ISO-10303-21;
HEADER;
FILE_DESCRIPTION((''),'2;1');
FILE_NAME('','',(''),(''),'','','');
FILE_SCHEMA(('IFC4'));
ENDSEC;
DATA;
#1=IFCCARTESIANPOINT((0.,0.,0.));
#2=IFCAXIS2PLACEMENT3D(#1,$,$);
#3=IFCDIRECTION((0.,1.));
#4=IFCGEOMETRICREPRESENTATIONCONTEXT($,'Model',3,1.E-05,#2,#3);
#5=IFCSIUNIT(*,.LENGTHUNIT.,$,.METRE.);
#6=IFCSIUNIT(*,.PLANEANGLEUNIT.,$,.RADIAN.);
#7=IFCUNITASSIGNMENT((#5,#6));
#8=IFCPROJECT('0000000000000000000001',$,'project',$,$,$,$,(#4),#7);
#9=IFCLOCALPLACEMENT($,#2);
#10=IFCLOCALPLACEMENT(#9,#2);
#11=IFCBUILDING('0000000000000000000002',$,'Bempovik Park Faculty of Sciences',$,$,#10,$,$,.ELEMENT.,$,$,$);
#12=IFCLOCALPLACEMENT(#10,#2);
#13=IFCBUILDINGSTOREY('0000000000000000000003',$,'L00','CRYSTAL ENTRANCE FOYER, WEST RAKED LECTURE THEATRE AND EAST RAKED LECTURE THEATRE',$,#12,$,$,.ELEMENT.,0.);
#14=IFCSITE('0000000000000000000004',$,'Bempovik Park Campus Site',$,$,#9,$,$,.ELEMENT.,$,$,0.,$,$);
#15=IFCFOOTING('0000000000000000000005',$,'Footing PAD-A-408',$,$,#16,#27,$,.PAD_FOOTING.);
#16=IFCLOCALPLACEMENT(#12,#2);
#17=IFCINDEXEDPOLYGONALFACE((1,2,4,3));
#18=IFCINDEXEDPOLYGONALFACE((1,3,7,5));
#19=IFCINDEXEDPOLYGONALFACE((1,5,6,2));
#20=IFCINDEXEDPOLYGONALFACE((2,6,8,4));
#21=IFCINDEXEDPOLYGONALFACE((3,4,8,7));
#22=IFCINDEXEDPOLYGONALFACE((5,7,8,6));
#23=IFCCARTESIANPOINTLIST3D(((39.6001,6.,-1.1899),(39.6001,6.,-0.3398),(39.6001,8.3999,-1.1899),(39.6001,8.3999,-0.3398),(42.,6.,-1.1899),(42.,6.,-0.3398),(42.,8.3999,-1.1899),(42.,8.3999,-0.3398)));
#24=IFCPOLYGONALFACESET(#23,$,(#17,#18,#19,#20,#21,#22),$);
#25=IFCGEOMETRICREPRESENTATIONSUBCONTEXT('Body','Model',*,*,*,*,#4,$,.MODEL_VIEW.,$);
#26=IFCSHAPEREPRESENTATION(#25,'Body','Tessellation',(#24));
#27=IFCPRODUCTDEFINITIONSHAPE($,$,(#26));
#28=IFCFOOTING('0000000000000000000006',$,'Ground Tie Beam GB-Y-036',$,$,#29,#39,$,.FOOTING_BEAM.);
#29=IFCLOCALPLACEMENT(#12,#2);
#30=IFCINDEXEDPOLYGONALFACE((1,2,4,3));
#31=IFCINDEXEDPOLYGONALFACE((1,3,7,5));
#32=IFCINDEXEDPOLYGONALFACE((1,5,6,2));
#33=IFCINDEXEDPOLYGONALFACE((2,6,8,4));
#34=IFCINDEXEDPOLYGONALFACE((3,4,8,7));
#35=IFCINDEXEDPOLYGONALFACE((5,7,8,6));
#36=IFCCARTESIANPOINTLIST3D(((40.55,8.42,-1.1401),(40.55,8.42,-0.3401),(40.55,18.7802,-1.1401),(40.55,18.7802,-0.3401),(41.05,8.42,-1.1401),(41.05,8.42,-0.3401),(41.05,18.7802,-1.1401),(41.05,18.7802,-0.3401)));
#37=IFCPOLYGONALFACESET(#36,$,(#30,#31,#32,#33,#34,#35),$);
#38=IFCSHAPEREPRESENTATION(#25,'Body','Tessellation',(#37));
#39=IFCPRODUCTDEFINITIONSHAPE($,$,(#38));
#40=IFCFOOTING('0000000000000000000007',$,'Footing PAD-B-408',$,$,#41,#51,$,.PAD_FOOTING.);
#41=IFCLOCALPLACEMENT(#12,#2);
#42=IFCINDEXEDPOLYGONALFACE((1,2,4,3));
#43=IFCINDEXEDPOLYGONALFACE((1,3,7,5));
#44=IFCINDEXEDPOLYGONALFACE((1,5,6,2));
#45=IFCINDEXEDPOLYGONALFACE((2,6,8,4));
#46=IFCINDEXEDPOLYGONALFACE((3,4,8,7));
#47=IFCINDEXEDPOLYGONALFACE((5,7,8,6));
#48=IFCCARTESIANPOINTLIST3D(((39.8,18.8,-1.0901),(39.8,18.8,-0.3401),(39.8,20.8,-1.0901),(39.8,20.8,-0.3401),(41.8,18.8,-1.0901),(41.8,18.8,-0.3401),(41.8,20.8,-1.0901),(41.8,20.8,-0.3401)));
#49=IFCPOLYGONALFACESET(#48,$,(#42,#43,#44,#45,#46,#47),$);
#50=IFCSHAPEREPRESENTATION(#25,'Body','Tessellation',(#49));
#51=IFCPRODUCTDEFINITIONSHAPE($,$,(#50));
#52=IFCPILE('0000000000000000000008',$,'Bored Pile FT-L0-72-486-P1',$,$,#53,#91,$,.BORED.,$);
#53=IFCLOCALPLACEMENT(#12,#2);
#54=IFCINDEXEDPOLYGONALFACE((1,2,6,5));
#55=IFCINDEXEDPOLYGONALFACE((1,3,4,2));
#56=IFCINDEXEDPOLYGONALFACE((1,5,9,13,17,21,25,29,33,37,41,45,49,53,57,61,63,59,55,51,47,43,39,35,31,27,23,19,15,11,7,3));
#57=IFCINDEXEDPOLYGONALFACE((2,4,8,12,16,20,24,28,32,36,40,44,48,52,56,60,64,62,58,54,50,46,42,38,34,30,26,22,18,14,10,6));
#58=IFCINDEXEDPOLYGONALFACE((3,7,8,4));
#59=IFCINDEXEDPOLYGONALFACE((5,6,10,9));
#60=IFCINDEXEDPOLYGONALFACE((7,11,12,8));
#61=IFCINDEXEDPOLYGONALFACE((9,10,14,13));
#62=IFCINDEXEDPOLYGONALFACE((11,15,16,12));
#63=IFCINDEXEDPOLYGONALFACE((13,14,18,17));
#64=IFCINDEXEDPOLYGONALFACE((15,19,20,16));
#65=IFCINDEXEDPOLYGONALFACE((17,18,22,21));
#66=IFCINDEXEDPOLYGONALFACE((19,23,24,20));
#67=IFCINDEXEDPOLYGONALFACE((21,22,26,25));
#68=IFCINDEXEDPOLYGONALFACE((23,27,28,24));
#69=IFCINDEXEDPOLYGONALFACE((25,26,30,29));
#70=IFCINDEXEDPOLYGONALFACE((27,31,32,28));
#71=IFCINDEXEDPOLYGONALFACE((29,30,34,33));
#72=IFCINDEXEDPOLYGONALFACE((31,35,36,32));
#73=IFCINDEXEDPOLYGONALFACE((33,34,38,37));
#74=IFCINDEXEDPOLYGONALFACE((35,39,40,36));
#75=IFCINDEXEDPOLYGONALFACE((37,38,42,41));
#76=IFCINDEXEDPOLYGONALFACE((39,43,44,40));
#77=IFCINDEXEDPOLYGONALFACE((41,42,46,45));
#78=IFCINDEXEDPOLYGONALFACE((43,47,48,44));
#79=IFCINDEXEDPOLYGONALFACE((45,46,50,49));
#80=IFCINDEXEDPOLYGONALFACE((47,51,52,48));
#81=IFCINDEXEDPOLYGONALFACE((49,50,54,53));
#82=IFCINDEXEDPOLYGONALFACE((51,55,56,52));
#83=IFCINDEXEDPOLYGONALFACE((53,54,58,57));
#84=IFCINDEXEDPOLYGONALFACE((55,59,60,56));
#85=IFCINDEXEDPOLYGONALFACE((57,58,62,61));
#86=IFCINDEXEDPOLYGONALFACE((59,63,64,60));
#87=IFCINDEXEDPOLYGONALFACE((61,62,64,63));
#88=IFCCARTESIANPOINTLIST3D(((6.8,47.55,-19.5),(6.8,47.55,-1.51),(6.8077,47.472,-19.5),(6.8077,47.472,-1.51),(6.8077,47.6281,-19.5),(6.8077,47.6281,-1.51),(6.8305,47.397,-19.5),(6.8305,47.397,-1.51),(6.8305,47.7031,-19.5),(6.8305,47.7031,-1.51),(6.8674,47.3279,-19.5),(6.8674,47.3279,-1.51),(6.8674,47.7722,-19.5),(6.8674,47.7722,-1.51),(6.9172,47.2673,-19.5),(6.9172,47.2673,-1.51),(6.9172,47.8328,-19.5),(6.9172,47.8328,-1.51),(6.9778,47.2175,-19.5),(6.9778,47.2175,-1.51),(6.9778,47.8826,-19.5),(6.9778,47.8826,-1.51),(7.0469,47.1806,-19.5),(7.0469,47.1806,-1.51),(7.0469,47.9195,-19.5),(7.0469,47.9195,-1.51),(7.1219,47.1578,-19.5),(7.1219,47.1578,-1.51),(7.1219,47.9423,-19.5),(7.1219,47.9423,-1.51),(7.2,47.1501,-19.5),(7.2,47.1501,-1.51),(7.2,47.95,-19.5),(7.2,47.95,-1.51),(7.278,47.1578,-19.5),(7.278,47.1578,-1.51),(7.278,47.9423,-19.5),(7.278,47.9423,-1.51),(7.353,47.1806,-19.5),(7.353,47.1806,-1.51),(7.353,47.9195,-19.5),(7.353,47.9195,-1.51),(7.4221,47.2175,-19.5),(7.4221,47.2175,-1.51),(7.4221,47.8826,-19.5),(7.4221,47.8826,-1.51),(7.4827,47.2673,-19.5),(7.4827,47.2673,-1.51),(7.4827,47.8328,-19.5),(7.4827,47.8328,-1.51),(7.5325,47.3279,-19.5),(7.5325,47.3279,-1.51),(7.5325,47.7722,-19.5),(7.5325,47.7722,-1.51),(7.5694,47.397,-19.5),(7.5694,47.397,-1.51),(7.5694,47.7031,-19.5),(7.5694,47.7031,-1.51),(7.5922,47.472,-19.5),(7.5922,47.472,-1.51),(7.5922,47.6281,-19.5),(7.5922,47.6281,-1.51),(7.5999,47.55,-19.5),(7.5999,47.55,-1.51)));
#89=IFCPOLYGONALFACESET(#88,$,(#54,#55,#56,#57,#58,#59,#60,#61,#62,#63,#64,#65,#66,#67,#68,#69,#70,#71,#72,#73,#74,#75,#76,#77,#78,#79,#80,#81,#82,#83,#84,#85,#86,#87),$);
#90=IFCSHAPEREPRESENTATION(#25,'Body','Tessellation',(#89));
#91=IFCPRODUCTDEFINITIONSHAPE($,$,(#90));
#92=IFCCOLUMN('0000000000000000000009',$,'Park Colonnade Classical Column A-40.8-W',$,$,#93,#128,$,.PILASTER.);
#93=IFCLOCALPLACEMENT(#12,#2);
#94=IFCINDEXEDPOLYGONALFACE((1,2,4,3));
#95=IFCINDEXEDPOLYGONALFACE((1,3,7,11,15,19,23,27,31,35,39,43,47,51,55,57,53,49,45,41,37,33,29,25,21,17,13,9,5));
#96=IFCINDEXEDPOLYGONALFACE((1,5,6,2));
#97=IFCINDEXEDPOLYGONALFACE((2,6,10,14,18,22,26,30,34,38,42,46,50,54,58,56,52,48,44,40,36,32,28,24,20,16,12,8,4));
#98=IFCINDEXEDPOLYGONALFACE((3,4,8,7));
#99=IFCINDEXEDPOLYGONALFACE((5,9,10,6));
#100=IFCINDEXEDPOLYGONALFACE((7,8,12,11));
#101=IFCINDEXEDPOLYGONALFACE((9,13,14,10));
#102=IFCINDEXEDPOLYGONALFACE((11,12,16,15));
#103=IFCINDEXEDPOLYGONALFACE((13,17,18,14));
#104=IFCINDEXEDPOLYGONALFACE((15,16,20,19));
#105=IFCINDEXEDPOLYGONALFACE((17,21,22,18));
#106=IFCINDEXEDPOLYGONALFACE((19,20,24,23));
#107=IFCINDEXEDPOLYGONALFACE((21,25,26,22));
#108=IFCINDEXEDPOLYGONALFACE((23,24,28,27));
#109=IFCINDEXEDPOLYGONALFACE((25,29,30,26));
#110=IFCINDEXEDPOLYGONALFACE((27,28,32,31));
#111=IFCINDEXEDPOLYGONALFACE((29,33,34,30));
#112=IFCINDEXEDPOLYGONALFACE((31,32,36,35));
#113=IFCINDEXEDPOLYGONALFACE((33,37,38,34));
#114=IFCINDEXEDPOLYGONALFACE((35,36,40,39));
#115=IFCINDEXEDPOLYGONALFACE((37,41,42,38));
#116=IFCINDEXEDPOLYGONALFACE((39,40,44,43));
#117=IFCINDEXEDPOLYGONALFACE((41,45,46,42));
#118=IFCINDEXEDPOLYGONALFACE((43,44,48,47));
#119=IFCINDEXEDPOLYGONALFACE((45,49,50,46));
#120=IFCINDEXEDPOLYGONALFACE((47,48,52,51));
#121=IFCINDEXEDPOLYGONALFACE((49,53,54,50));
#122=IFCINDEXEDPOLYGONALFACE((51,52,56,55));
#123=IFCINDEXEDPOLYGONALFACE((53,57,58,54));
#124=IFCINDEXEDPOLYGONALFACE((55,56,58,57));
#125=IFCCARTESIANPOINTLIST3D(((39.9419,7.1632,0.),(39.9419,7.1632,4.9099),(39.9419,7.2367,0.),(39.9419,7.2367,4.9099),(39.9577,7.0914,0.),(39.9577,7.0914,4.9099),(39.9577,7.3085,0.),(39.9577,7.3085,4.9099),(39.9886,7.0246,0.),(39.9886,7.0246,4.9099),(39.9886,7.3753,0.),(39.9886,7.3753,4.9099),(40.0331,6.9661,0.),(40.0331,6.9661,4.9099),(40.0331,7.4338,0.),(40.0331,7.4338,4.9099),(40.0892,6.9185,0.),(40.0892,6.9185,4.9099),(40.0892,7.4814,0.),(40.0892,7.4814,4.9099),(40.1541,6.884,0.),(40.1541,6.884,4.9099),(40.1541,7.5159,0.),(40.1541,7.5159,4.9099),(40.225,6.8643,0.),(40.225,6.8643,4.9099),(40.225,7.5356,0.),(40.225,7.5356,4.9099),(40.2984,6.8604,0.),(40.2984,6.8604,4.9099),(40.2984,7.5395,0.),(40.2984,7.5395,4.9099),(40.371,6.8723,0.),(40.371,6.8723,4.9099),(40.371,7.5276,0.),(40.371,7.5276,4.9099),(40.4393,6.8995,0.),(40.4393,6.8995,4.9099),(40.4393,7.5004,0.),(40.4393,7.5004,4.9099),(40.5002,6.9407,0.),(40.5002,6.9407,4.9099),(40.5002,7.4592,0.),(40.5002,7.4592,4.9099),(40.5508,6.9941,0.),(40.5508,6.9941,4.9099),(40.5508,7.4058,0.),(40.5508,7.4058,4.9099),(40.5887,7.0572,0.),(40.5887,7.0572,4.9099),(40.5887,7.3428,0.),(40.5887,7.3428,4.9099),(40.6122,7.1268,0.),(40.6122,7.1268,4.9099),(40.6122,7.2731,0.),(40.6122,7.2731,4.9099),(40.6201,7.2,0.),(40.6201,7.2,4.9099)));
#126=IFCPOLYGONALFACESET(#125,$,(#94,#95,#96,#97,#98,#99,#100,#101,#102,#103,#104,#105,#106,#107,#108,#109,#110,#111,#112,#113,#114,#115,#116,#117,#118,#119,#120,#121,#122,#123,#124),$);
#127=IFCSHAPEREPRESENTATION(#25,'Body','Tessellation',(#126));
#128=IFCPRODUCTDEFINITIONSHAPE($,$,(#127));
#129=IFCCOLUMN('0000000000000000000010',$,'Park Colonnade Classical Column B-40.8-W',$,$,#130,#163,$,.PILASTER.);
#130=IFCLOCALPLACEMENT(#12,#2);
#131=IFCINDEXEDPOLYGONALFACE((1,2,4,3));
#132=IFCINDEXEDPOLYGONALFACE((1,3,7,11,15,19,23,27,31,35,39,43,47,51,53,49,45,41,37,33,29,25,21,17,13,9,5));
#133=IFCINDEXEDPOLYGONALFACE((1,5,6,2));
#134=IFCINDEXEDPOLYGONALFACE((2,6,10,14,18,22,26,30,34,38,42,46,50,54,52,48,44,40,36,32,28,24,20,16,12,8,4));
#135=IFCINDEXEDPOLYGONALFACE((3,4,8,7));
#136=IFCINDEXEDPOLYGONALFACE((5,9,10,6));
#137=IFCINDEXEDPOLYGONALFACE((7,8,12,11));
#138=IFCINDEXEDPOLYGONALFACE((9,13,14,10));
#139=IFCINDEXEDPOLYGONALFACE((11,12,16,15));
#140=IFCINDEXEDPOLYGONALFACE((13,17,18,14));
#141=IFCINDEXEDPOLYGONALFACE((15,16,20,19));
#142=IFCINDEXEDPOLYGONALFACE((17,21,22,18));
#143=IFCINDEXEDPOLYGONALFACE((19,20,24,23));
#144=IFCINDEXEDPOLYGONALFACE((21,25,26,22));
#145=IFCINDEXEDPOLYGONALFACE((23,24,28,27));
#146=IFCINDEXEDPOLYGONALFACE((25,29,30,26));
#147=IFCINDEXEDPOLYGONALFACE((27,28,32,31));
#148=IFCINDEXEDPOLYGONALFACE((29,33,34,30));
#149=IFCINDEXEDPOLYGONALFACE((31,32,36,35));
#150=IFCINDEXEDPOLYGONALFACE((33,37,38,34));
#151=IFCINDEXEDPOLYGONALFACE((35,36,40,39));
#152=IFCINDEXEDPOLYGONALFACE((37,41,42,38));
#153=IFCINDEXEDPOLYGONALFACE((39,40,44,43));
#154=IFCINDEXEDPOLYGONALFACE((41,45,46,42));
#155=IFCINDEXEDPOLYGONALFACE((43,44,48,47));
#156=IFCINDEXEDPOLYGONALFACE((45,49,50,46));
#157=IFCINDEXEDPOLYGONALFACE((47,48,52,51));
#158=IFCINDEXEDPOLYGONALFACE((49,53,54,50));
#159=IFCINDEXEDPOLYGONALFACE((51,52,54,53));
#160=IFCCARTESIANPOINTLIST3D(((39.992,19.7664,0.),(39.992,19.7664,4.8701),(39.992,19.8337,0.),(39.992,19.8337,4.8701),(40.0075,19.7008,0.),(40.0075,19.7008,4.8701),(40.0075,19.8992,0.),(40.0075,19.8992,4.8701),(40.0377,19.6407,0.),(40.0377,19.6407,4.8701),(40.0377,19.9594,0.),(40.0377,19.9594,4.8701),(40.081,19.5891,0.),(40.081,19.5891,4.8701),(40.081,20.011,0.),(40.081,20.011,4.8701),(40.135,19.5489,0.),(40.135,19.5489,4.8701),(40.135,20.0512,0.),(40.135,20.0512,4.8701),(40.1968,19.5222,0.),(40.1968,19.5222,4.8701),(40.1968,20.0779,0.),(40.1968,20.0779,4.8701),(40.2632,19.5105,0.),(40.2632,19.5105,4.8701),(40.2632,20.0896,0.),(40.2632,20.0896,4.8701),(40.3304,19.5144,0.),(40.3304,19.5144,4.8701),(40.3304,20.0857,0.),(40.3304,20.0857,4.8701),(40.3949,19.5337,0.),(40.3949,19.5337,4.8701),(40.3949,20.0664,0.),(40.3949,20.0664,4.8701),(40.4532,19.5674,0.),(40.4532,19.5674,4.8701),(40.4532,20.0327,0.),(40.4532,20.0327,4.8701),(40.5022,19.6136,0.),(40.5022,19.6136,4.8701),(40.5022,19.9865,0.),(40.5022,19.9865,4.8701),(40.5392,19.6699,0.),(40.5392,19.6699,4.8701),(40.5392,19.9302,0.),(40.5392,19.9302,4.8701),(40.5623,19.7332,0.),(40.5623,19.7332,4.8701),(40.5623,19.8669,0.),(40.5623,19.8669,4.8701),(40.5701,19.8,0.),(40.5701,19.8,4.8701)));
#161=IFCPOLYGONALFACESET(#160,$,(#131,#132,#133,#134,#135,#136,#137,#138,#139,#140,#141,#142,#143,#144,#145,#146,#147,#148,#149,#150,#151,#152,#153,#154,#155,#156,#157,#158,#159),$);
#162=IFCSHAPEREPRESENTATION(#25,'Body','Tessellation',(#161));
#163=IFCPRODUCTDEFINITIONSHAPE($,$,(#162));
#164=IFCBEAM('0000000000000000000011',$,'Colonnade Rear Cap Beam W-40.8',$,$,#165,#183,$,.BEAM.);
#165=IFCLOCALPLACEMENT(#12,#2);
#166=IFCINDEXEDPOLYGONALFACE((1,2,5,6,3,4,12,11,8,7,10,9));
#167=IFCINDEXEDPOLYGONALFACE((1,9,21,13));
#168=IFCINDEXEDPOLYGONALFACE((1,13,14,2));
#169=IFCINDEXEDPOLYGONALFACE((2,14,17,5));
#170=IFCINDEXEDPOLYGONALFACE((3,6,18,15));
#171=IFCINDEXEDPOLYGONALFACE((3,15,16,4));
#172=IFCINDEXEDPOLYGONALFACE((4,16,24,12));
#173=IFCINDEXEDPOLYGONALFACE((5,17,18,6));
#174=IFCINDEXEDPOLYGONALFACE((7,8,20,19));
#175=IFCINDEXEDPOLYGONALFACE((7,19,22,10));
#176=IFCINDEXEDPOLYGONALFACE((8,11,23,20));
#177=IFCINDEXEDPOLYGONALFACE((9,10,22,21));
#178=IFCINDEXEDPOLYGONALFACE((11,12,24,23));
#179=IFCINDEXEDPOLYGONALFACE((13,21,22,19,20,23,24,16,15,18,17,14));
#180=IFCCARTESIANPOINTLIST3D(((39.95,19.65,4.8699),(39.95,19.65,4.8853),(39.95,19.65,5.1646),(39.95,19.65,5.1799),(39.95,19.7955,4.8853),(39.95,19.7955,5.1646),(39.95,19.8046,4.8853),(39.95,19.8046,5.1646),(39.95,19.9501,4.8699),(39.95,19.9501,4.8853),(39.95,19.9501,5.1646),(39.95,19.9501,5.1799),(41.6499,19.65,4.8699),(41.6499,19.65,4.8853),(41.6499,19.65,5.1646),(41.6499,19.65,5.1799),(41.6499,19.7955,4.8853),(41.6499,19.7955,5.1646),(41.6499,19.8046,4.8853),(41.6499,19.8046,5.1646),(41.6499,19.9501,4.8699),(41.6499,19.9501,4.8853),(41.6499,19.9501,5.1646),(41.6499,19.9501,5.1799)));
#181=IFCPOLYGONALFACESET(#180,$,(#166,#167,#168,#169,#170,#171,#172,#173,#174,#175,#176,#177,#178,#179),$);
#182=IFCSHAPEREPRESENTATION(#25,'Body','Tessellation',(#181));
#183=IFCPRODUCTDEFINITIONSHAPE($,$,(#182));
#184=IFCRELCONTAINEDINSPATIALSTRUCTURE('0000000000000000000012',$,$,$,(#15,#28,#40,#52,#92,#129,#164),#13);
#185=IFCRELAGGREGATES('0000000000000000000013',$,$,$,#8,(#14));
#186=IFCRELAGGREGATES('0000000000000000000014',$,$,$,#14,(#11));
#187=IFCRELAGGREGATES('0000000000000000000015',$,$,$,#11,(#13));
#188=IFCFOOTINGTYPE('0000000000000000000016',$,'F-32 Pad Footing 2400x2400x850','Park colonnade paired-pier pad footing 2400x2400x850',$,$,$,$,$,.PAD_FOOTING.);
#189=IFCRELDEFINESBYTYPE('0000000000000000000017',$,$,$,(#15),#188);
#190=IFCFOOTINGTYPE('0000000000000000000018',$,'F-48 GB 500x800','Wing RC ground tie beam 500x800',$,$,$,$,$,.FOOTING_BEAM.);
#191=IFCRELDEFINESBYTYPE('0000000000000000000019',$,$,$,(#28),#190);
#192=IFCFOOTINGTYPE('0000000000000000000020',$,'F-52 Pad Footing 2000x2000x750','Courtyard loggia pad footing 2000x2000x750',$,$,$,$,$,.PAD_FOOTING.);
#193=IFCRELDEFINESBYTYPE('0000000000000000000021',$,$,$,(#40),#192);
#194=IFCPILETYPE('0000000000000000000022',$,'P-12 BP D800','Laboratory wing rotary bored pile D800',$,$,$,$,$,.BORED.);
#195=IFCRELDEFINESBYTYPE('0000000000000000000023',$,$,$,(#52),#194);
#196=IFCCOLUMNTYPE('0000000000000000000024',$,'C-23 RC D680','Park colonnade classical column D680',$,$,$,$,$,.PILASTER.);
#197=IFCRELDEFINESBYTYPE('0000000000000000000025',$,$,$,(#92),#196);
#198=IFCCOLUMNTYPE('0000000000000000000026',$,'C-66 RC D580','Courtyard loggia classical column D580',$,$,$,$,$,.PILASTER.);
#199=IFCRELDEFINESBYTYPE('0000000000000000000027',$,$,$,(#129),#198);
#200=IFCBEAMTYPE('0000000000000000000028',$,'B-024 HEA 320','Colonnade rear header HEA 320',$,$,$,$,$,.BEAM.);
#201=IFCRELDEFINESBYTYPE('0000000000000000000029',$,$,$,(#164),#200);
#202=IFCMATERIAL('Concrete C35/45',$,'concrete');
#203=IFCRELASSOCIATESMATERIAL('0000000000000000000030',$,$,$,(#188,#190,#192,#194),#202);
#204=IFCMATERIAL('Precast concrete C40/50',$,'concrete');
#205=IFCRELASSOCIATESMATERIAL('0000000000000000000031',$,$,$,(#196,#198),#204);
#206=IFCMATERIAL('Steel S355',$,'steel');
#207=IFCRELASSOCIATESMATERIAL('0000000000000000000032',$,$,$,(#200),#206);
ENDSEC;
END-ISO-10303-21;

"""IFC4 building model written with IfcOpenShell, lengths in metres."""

from ifc_helpers import new_model, si_unit, direction, frame, origin, origin_2d, place, context, subcontext, project, spatial, rectangle, circle, i_section, extrude, material, material_profile, profile_set, type_object, element, save


model = new_model("IFC4")

# Units and contexts
model_context = context("Model", 3, precision=1e-05, world=origin(), true_north=direction((0.0, 1.0)))
body_context = subcontext(model_context, "Body", "Model", "MODEL_VIEW")
ifc_project = project(units=[si_unit("LENGTHUNIT", "METRE"), si_unit("PLANEANGLEUNIT", "RADIAN")], contexts=[model_context])

# Site, building, storey
site_placement = place(None, origin())
site = spatial("IfcSite", under=ifc_project, at=site_placement, Name="Bempovik Park Campus Site", CompositionType="ELEMENT", RefElevation=0.0)
building_placement = place(site_placement, origin())
building = spatial("IfcBuilding", under=site, at=building_placement, Name="Bempovik Park Faculty of Sciences", CompositionType="ELEMENT")
storey_placement = place(building_placement, origin())
storey = spatial("IfcBuildingStorey", under=building, at=storey_placement, Name="L00", Description="CRYSTAL ENTRANCE FOYER, WEST RAKED LECTURE THEATRE AND EAST RAKED LECTURE THEATRE", CompositionType="ELEMENT", Elevation=0.0)

# Footings
ifc_material_1 = material(Name="Concrete C35/45", Category="concrete")
footing_type_1 = type_object("IfcFootingType", Name="F-32 Pad Footing 2400x2400x850", Description="Park colonnade paired-pier pad footing 2400x2400x850", PredefinedType="PAD_FOOTING", material=ifc_material_1)
footing_1_placement = place(storey_placement, frame((40.8, 7.2, -1.1899), z_axis=(0.0, 0.0, 1.0), x_axis=(1.0, 0.0, 0.0)))
element("IfcFooting", 1, at=footing_1_placement, inside=storey, type_object=footing_type_1, Name="Footing PAD-A-408", PredefinedType="PAD_FOOTING", context=body_context, shape_type="SweptSolid", body=[
    extrude(rectangle(XDim=2.3999, YDim=2.3999, at=origin_2d()), origin(), (0.0, 0.0, 1.0), 0.8501),
])
footing_type_2 = type_object("IfcFootingType", Name="F-48 GB 500x800", Description="Wing RC ground tie beam 500x800", PredefinedType="FOOTING_BEAM", material=ifc_material_1)
footing_2_placement = place(storey_placement, frame((40.8, 13.6001, -1.1401), z_axis=(0.0, 0.0, 1.0), x_axis=(1.0, 0.0, 0.0)))
element("IfcFooting", 2, at=footing_2_placement, inside=storey, type_object=footing_type_2, Name="Ground Tie Beam GB-Y-036", PredefinedType="FOOTING_BEAM", context=body_context, shape_type="SweptSolid", body=[
    extrude(rectangle(XDim=0.5, YDim=10.3601, at=origin_2d()), origin(), (0.0, 0.0, 1.0), 0.8),
])
footing_type_3 = type_object("IfcFootingType", Name="F-52 Pad Footing 2000x2000x750", Description="Courtyard loggia pad footing 2000x2000x750", PredefinedType="PAD_FOOTING", material=ifc_material_1)
footing_3_placement = place(storey_placement, frame((40.8, 19.8, -1.0901), z_axis=(0.0, 0.0, 1.0), x_axis=(1.0, 0.0, 0.0)))
element("IfcFooting", 3, at=footing_3_placement, inside=storey, type_object=footing_type_3, Name="Footing PAD-B-408", PredefinedType="PAD_FOOTING", context=body_context, shape_type="SweptSolid", body=[
    extrude(rectangle(XDim=2.0, YDim=2.0, at=origin_2d()), origin(), (0.0, 0.0, 1.0), 0.75),
])

# Pile
ifc_material_profile_1 = material_profile(ifc_material_1, circle(Radius=0.3999, at=origin_2d()), Name="BP D800")
ifc_profile_set_1 = profile_set([ifc_material_profile_1], Name="Concrete C35/45")
pile_type = type_object("IfcPileType", Name="P-12 BP D800", Description="Laboratory wing rotary bored pile D800", PredefinedType="BORED", material=ifc_profile_set_1)
pile_placement = place(storey_placement, frame((7.2, 47.55, -1.51), z_axis=(0.0, 0.0, -1.0), x_axis=(1.0, 0.0, 0.0)))
element("IfcPile", 4, at=pile_placement, inside=storey, type_object=pile_type, Name="Bored Pile FT-L0-72-486-P1", PredefinedType="BORED", context=body_context, shape_type="SweptSolid", body=[
    extrude(circle(Radius=0.3999, at=origin_2d()), origin(), (0.0, 0.0, 1.0), 17.99),
])

# Columns
ifc_material_2 = material(Name="Precast concrete C40/50", Category="concrete")
ifc_material_profile_2 = material_profile(ifc_material_2, circle(Radius=0.3401, at=origin_2d()), Name="RC D680")
ifc_profile_set_2 = profile_set([ifc_material_profile_2], Name="Precast concrete C40/50")
column_type_1 = type_object("IfcColumnType", Name="C-23 RC D680", Description="Park colonnade classical column D680", PredefinedType="PILASTER", material=ifc_profile_set_2)
column_1_placement = place(storey_placement, frame((40.28, 7.2, 0.0), z_axis=(0.0, 0.0, 1.0), x_axis=(1.0, 0.0, 0.0)))
element("IfcColumn", 5, at=column_1_placement, inside=storey, type_object=column_type_1, Name="Park Colonnade Classical Column A-40.8-W", PredefinedType="PILASTER", context=body_context, shape_type="SweptSolid", body=[
    extrude(circle(Radius=0.3401, at=origin_2d()), origin(), (0.0, 0.0, 1.0), 4.9099),
])
ifc_material_profile_3 = material_profile(ifc_material_2, circle(Radius=0.29, at=origin_2d()), Name="RC D580")
ifc_profile_set_3 = profile_set([ifc_material_profile_3], Name="Precast concrete C40/50")
column_type_2 = type_object("IfcColumnType", Name="C-66 RC D580", Description="Courtyard loggia classical column D580", PredefinedType="PILASTER", material=ifc_profile_set_3)
column_2_placement = place(storey_placement, frame((40.28, 19.8, 0.0), z_axis=(0.0, 0.0, 1.0), x_axis=(1.0, 0.0, 0.0)))
element("IfcColumn", 6, at=column_2_placement, inside=storey, type_object=column_type_2, Name="Park Colonnade Classical Column B-40.8-W", PredefinedType="PILASTER", context=body_context, shape_type="SweptSolid", body=[
    extrude(circle(Radius=0.29, at=origin_2d()), origin(), (0.0, 0.0, 1.0), 4.8701),
])

# Beam
ifc_material_3 = material(Name="Steel S355", Category="steel")
ifc_material_profile_4 = material_profile(ifc_material_3, i_section(OverallWidth=0.3, OverallDepth=0.3101, WebThickness=0.009, FlangeThickness=0.0154, at=origin_2d()), Name="HEA 320")
ifc_profile_set_4 = profile_set([ifc_material_profile_4], Name="Steel S355")
beam_type_1 = type_object("IfcBeamType", Name="B-024 HEA 320", Description="Colonnade rear header HEA 320", PredefinedType="BEAM", material=ifc_profile_set_4)
beam_1_placement = place(storey_placement, frame((39.95, 19.8, 5.0249), z_axis=(1.0, 0.0, 0.0), x_axis=(0.0, 1.0, 0.0)))
element("IfcBeam", 7, at=beam_1_placement, inside=storey, type_object=beam_type_1, Name="Colonnade Rear Cap Beam W-40.8", PredefinedType="BEAM", context=body_context, shape_type="SweptSolid", body=[
    extrude(i_section(OverallWidth=0.3, OverallDepth=0.3101, WebThickness=0.009, FlangeThickness=0.0154, at=origin_2d()), origin(), (0.0, 0.0, 1.0), 1.7),
])

save(model, "model.ifc")
